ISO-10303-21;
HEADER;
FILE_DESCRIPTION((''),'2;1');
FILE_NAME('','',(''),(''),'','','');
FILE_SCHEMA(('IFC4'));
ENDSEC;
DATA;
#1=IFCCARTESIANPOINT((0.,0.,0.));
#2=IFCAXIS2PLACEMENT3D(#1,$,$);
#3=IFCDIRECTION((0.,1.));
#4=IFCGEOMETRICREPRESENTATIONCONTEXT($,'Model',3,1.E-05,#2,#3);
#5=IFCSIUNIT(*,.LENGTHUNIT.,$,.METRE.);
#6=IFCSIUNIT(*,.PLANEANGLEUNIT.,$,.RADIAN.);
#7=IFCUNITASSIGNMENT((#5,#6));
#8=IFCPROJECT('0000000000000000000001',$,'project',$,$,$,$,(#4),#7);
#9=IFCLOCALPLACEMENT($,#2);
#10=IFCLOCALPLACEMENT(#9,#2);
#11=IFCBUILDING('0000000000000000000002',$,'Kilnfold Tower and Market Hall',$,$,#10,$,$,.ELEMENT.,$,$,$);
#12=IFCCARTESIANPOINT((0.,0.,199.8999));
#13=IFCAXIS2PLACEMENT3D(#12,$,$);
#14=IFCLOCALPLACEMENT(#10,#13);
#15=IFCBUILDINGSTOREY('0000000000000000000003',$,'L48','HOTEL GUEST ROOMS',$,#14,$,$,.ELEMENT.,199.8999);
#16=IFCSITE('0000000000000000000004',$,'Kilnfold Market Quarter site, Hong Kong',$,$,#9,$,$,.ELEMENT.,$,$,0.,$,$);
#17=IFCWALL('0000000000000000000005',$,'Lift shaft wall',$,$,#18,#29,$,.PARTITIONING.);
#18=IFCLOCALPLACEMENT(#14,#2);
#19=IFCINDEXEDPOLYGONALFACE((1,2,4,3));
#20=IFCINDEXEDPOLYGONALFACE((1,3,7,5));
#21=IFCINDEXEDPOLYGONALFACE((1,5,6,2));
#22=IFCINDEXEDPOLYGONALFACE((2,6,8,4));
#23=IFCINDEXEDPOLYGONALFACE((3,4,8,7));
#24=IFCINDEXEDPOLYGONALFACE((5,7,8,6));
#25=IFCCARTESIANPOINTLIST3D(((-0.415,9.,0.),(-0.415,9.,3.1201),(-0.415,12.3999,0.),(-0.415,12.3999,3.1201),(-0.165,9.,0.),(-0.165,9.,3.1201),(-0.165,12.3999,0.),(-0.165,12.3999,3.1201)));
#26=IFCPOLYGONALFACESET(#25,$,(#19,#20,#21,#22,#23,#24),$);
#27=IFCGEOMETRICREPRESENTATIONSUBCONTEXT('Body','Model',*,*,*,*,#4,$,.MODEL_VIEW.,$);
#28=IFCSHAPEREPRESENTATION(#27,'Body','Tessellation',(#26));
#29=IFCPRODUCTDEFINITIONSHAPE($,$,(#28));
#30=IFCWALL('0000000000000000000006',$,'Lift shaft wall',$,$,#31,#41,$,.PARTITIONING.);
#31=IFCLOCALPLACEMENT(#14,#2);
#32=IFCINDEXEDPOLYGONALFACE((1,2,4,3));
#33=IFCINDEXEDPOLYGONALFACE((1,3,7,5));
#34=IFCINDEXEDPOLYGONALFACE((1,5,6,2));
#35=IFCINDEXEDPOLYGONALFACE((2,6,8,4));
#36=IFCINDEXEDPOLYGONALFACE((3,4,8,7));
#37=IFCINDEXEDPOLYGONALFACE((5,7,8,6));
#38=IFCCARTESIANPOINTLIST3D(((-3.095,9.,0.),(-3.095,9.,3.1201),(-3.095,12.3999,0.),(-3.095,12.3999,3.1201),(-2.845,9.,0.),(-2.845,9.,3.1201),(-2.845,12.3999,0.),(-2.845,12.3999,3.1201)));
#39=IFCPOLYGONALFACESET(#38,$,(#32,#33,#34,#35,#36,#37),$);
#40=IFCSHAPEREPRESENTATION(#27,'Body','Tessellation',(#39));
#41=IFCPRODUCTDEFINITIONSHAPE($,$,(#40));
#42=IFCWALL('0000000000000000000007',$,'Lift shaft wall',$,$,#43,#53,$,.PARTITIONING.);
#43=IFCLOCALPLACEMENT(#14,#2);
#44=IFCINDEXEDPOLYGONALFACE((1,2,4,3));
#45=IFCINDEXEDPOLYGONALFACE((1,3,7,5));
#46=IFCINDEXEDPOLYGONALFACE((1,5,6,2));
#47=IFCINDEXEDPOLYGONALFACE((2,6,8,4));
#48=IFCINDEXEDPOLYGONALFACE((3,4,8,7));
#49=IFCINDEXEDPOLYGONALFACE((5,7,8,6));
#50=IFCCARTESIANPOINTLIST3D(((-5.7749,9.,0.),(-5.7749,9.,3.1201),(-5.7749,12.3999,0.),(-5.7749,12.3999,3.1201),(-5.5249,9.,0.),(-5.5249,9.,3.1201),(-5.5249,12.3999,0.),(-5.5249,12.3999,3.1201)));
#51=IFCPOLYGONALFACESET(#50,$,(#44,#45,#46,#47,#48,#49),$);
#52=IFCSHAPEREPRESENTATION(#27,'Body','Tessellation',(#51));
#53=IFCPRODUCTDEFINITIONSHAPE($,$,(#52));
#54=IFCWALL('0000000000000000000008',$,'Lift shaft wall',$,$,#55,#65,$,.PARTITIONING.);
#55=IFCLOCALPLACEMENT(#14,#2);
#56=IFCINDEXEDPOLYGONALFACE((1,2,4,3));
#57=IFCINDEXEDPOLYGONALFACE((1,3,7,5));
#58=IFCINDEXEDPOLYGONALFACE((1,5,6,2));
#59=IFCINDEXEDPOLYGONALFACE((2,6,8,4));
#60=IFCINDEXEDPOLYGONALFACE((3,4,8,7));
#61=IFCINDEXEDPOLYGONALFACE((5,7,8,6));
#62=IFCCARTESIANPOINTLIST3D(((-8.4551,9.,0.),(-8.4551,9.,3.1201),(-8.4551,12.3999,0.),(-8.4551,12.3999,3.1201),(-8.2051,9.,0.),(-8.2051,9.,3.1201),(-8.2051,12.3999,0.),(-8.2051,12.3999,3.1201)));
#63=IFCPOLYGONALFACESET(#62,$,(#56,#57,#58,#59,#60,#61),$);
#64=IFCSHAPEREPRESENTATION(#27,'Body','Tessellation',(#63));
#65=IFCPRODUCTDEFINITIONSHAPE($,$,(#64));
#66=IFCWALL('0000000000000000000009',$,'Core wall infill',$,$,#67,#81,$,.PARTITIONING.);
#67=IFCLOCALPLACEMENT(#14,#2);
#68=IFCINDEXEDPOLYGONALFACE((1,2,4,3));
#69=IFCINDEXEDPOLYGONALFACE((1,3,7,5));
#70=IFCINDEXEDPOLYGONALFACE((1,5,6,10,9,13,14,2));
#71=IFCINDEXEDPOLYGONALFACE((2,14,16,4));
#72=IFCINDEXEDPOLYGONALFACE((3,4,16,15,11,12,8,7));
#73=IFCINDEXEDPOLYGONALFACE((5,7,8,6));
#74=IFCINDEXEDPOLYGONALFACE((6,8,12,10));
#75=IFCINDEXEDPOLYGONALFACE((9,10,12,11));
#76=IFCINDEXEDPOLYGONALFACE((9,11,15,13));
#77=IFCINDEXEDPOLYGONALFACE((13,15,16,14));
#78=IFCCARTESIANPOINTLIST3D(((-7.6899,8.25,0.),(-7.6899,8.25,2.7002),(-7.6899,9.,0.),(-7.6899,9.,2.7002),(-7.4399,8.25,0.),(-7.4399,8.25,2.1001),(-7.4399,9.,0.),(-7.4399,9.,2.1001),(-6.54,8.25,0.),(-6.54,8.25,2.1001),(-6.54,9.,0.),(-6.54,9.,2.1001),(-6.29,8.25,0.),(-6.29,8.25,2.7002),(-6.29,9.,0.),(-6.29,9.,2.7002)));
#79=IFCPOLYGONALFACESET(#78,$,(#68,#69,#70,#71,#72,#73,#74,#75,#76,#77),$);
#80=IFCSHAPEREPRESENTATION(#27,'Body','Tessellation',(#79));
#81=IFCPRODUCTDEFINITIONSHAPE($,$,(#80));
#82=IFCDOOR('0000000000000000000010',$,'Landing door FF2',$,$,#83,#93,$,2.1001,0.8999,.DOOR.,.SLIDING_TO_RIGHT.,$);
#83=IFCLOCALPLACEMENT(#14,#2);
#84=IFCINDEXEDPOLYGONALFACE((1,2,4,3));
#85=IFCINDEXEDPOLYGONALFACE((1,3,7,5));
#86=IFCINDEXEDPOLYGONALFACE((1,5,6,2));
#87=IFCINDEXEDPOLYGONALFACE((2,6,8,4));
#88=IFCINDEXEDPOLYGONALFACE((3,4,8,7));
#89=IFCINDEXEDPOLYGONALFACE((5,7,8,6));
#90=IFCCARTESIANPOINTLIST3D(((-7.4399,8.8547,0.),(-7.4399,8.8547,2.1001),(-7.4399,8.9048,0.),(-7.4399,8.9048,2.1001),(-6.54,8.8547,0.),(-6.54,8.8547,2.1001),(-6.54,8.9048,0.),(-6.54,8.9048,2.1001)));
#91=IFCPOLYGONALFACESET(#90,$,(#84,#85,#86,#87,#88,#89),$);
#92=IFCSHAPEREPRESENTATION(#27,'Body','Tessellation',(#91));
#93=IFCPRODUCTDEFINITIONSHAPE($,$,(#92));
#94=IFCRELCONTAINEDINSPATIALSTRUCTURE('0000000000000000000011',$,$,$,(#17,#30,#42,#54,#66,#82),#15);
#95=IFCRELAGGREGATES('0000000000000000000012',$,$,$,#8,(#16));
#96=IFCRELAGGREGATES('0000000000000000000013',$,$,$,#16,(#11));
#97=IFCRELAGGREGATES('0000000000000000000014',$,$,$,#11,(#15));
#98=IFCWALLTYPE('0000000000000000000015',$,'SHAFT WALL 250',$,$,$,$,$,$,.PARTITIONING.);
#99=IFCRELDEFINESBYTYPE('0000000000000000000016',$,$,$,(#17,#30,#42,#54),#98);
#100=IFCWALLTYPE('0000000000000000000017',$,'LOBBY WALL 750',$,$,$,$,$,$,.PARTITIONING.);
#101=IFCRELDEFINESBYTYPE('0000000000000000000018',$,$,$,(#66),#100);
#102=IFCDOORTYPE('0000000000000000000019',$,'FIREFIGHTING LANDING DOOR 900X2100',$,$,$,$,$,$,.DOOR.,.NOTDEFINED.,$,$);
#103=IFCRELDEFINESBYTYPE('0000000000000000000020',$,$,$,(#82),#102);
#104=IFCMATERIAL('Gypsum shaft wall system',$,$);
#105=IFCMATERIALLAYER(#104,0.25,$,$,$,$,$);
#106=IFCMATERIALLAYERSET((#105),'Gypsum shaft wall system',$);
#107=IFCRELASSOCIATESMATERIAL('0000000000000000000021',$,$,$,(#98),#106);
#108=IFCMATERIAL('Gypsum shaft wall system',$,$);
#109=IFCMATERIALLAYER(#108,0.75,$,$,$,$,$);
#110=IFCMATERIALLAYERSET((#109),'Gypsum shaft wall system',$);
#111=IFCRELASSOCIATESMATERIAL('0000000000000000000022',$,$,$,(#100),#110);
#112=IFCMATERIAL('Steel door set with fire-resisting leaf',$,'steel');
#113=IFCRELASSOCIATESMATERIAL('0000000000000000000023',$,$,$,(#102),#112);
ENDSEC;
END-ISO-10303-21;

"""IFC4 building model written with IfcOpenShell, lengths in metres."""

from ifc_helpers import new_model, si_unit, direction, frame, frame_2d, origin, place, context, subcontext, project, spatial, rectangle, extrude, source, transform, mapped, material, layer, layer_set, type_object, element, fill, save


model = new_model("IFC4")

# Units and contexts
model_context = context("Model", 3, precision=1e-05, world=origin(), true_north=direction((0.0, 1.0)))
body_context = subcontext(model_context, "Body", "Model", "MODEL_VIEW")
ifc_project = project(units=[si_unit("LENGTHUNIT", "METRE"), si_unit("PLANEANGLEUNIT", "RADIAN")], contexts=[model_context])

# Site, building, storey
site_placement = place(None, origin())
site = spatial("IfcSite", under=ifc_project, at=site_placement, Name="Kilnfold Market Quarter site, Hong Kong", CompositionType="ELEMENT", RefElevation=0.0)
building_placement = place(site_placement, origin())
building = spatial("IfcBuilding", under=site, at=building_placement, Name="Kilnfold Tower and Market Hall", CompositionType="ELEMENT")
storey_placement = place(building_placement, frame((0.0, 0.0, 199.8999)))
storey = spatial("IfcBuildingStorey", under=building, at=storey_placement, Name="L48", Description="HOTEL GUEST ROOMS", CompositionType="ELEMENT", Elevation=199.8999)

# Walls
ifc_material_1 = material(Name="Gypsum shaft wall system")
ifc_layer_1 = layer(ifc_material_1, 0.25)
ifc_layer_set_1 = layer_set([ifc_layer_1], Name="Gypsum shaft wall system")
wall_type_1 = type_object("IfcWallType", Name="SHAFT WALL 250", PredefinedType="PARTITIONING", material=ifc_layer_set_1)
shared_shape_1 = source(origin(), body_context, "Body", "SweptSolid", [
    extrude(rectangle(XDim=3.3999, YDim=0.25, at=frame_2d((1.7, 0.0))), origin(), (0.0, 0.0, 1.0), 3.1201),
])
for number, where, z_axis, x_axis, name in (
    (1, (-0.29, 9.0, 0.0), (0.0, 0.0, 1.0), (0.0, 1.0, 0.0), "Lift shaft wall"),
    (2, (-2.97, 9.0, 0.0), (0.0, 0.0, 1.0), (0.0, 1.0, 0.0), "Lift shaft wall"),
    (3, (-5.6499, 9.0, 0.0), (0.0, 0.0, 1.0), (0.0, 1.0, 0.0), "Lift shaft wall"),
    (4, (-8.3301, 9.0, 0.0), (0.0, 0.0, 1.0), (0.0, 1.0, 0.0), "Lift shaft wall"),
):
    element("IfcWall", number, at=place(storey_placement, frame(where, z_axis=z_axis, x_axis=x_axis)), inside=storey, type_object=wall_type_1, Name=name, PredefinedType="PARTITIONING", context=body_context, shape_type="MappedRepresentation", body=[
        mapped(shared_shape_1, transform((0.0, 0.0, 0.0))),
    ])

# Wall, opening, door
ifc_material_2 = material(Name="Gypsum shaft wall system")
ifc_layer_2 = layer(ifc_material_2, 0.75)
ifc_layer_set_2 = layer_set([ifc_layer_2], Name="Gypsum shaft wall system")
wall_type_2 = type_object("IfcWallType", Name="LOBBY WALL 750", PredefinedType="PARTITIONING", material=ifc_layer_set_2)
shared_shape_2 = source(origin(), body_context, "Body", "SweptSolid", [
    extrude(rectangle(XDim=1.3999, YDim=0.75, at=frame_2d((0.7, 0.0))), origin(), (0.0, 0.0, 1.0), 2.7002),
])
wall_1_placement = place(storey_placement, frame((-7.6899, 8.625, 0.0), z_axis=(0.0, 0.0, 1.0), x_axis=(1.0, 0.0, 0.0)))
wall_1 = element("IfcWall", 5, at=wall_1_placement, inside=storey, type_object=wall_type_2, Name="Core wall infill", PredefinedType="PARTITIONING", context=body_context, shape_type="MappedRepresentation", body=[
    mapped(shared_shape_2, transform((0.0, 0.0, 0.0))),
])
opening_1_placement = place(wall_1_placement, frame((0.25, 0.0, 0.0)))
opening_1 = element("IfcOpeningElement", 6, at=opening_1_placement, cuts=wall_1, PredefinedType="OPENING", context=body_context, shape_type="SweptSolid", body=[
    extrude(rectangle(XDim=0.8999, YDim=2.1001, at=frame_2d((0.45, 1.05))), frame((0.0, 0.385, 0.0), z_axis=(0.0, -1.0, 0.0), x_axis=(1.0, 0.0, 0.0)), (0.0, 0.0, 1.0), 0.77),
])
ifc_material_3 = material(Name="Steel door set with fire-resisting leaf", Category="steel")
door_type_1 = type_object("IfcDoorType", Name="FIREFIGHTING LANDING DOOR 900X2100", OperationType="NOTDEFINED", PredefinedType="DOOR", material=ifc_material_3)
door_1_placement = place(opening_1_placement, origin())
door_1 = element("IfcDoor", 7, at=door_1_placement, inside=storey, type_object=door_type_1, Name="Landing door FF2", OperationType="SLIDING_TO_RIGHT", OverallHeight=2.1001, OverallWidth=0.8999, PredefinedType="DOOR", context=body_context, shape_type="SweptSolid", body=[
    extrude(rectangle(XDim=0.8999, YDim=2.1001, at=frame_2d((0.45, 1.05))), frame((0.0, 0.2798, 0.0), z_axis=(0.0, -1.0, 0.0), x_axis=(1.0, 0.0, 0.0)), (0.0, 0.0, 1.0), 0.05),
])
fill(opening_1, door_1)

save(model, "model.ifc")
